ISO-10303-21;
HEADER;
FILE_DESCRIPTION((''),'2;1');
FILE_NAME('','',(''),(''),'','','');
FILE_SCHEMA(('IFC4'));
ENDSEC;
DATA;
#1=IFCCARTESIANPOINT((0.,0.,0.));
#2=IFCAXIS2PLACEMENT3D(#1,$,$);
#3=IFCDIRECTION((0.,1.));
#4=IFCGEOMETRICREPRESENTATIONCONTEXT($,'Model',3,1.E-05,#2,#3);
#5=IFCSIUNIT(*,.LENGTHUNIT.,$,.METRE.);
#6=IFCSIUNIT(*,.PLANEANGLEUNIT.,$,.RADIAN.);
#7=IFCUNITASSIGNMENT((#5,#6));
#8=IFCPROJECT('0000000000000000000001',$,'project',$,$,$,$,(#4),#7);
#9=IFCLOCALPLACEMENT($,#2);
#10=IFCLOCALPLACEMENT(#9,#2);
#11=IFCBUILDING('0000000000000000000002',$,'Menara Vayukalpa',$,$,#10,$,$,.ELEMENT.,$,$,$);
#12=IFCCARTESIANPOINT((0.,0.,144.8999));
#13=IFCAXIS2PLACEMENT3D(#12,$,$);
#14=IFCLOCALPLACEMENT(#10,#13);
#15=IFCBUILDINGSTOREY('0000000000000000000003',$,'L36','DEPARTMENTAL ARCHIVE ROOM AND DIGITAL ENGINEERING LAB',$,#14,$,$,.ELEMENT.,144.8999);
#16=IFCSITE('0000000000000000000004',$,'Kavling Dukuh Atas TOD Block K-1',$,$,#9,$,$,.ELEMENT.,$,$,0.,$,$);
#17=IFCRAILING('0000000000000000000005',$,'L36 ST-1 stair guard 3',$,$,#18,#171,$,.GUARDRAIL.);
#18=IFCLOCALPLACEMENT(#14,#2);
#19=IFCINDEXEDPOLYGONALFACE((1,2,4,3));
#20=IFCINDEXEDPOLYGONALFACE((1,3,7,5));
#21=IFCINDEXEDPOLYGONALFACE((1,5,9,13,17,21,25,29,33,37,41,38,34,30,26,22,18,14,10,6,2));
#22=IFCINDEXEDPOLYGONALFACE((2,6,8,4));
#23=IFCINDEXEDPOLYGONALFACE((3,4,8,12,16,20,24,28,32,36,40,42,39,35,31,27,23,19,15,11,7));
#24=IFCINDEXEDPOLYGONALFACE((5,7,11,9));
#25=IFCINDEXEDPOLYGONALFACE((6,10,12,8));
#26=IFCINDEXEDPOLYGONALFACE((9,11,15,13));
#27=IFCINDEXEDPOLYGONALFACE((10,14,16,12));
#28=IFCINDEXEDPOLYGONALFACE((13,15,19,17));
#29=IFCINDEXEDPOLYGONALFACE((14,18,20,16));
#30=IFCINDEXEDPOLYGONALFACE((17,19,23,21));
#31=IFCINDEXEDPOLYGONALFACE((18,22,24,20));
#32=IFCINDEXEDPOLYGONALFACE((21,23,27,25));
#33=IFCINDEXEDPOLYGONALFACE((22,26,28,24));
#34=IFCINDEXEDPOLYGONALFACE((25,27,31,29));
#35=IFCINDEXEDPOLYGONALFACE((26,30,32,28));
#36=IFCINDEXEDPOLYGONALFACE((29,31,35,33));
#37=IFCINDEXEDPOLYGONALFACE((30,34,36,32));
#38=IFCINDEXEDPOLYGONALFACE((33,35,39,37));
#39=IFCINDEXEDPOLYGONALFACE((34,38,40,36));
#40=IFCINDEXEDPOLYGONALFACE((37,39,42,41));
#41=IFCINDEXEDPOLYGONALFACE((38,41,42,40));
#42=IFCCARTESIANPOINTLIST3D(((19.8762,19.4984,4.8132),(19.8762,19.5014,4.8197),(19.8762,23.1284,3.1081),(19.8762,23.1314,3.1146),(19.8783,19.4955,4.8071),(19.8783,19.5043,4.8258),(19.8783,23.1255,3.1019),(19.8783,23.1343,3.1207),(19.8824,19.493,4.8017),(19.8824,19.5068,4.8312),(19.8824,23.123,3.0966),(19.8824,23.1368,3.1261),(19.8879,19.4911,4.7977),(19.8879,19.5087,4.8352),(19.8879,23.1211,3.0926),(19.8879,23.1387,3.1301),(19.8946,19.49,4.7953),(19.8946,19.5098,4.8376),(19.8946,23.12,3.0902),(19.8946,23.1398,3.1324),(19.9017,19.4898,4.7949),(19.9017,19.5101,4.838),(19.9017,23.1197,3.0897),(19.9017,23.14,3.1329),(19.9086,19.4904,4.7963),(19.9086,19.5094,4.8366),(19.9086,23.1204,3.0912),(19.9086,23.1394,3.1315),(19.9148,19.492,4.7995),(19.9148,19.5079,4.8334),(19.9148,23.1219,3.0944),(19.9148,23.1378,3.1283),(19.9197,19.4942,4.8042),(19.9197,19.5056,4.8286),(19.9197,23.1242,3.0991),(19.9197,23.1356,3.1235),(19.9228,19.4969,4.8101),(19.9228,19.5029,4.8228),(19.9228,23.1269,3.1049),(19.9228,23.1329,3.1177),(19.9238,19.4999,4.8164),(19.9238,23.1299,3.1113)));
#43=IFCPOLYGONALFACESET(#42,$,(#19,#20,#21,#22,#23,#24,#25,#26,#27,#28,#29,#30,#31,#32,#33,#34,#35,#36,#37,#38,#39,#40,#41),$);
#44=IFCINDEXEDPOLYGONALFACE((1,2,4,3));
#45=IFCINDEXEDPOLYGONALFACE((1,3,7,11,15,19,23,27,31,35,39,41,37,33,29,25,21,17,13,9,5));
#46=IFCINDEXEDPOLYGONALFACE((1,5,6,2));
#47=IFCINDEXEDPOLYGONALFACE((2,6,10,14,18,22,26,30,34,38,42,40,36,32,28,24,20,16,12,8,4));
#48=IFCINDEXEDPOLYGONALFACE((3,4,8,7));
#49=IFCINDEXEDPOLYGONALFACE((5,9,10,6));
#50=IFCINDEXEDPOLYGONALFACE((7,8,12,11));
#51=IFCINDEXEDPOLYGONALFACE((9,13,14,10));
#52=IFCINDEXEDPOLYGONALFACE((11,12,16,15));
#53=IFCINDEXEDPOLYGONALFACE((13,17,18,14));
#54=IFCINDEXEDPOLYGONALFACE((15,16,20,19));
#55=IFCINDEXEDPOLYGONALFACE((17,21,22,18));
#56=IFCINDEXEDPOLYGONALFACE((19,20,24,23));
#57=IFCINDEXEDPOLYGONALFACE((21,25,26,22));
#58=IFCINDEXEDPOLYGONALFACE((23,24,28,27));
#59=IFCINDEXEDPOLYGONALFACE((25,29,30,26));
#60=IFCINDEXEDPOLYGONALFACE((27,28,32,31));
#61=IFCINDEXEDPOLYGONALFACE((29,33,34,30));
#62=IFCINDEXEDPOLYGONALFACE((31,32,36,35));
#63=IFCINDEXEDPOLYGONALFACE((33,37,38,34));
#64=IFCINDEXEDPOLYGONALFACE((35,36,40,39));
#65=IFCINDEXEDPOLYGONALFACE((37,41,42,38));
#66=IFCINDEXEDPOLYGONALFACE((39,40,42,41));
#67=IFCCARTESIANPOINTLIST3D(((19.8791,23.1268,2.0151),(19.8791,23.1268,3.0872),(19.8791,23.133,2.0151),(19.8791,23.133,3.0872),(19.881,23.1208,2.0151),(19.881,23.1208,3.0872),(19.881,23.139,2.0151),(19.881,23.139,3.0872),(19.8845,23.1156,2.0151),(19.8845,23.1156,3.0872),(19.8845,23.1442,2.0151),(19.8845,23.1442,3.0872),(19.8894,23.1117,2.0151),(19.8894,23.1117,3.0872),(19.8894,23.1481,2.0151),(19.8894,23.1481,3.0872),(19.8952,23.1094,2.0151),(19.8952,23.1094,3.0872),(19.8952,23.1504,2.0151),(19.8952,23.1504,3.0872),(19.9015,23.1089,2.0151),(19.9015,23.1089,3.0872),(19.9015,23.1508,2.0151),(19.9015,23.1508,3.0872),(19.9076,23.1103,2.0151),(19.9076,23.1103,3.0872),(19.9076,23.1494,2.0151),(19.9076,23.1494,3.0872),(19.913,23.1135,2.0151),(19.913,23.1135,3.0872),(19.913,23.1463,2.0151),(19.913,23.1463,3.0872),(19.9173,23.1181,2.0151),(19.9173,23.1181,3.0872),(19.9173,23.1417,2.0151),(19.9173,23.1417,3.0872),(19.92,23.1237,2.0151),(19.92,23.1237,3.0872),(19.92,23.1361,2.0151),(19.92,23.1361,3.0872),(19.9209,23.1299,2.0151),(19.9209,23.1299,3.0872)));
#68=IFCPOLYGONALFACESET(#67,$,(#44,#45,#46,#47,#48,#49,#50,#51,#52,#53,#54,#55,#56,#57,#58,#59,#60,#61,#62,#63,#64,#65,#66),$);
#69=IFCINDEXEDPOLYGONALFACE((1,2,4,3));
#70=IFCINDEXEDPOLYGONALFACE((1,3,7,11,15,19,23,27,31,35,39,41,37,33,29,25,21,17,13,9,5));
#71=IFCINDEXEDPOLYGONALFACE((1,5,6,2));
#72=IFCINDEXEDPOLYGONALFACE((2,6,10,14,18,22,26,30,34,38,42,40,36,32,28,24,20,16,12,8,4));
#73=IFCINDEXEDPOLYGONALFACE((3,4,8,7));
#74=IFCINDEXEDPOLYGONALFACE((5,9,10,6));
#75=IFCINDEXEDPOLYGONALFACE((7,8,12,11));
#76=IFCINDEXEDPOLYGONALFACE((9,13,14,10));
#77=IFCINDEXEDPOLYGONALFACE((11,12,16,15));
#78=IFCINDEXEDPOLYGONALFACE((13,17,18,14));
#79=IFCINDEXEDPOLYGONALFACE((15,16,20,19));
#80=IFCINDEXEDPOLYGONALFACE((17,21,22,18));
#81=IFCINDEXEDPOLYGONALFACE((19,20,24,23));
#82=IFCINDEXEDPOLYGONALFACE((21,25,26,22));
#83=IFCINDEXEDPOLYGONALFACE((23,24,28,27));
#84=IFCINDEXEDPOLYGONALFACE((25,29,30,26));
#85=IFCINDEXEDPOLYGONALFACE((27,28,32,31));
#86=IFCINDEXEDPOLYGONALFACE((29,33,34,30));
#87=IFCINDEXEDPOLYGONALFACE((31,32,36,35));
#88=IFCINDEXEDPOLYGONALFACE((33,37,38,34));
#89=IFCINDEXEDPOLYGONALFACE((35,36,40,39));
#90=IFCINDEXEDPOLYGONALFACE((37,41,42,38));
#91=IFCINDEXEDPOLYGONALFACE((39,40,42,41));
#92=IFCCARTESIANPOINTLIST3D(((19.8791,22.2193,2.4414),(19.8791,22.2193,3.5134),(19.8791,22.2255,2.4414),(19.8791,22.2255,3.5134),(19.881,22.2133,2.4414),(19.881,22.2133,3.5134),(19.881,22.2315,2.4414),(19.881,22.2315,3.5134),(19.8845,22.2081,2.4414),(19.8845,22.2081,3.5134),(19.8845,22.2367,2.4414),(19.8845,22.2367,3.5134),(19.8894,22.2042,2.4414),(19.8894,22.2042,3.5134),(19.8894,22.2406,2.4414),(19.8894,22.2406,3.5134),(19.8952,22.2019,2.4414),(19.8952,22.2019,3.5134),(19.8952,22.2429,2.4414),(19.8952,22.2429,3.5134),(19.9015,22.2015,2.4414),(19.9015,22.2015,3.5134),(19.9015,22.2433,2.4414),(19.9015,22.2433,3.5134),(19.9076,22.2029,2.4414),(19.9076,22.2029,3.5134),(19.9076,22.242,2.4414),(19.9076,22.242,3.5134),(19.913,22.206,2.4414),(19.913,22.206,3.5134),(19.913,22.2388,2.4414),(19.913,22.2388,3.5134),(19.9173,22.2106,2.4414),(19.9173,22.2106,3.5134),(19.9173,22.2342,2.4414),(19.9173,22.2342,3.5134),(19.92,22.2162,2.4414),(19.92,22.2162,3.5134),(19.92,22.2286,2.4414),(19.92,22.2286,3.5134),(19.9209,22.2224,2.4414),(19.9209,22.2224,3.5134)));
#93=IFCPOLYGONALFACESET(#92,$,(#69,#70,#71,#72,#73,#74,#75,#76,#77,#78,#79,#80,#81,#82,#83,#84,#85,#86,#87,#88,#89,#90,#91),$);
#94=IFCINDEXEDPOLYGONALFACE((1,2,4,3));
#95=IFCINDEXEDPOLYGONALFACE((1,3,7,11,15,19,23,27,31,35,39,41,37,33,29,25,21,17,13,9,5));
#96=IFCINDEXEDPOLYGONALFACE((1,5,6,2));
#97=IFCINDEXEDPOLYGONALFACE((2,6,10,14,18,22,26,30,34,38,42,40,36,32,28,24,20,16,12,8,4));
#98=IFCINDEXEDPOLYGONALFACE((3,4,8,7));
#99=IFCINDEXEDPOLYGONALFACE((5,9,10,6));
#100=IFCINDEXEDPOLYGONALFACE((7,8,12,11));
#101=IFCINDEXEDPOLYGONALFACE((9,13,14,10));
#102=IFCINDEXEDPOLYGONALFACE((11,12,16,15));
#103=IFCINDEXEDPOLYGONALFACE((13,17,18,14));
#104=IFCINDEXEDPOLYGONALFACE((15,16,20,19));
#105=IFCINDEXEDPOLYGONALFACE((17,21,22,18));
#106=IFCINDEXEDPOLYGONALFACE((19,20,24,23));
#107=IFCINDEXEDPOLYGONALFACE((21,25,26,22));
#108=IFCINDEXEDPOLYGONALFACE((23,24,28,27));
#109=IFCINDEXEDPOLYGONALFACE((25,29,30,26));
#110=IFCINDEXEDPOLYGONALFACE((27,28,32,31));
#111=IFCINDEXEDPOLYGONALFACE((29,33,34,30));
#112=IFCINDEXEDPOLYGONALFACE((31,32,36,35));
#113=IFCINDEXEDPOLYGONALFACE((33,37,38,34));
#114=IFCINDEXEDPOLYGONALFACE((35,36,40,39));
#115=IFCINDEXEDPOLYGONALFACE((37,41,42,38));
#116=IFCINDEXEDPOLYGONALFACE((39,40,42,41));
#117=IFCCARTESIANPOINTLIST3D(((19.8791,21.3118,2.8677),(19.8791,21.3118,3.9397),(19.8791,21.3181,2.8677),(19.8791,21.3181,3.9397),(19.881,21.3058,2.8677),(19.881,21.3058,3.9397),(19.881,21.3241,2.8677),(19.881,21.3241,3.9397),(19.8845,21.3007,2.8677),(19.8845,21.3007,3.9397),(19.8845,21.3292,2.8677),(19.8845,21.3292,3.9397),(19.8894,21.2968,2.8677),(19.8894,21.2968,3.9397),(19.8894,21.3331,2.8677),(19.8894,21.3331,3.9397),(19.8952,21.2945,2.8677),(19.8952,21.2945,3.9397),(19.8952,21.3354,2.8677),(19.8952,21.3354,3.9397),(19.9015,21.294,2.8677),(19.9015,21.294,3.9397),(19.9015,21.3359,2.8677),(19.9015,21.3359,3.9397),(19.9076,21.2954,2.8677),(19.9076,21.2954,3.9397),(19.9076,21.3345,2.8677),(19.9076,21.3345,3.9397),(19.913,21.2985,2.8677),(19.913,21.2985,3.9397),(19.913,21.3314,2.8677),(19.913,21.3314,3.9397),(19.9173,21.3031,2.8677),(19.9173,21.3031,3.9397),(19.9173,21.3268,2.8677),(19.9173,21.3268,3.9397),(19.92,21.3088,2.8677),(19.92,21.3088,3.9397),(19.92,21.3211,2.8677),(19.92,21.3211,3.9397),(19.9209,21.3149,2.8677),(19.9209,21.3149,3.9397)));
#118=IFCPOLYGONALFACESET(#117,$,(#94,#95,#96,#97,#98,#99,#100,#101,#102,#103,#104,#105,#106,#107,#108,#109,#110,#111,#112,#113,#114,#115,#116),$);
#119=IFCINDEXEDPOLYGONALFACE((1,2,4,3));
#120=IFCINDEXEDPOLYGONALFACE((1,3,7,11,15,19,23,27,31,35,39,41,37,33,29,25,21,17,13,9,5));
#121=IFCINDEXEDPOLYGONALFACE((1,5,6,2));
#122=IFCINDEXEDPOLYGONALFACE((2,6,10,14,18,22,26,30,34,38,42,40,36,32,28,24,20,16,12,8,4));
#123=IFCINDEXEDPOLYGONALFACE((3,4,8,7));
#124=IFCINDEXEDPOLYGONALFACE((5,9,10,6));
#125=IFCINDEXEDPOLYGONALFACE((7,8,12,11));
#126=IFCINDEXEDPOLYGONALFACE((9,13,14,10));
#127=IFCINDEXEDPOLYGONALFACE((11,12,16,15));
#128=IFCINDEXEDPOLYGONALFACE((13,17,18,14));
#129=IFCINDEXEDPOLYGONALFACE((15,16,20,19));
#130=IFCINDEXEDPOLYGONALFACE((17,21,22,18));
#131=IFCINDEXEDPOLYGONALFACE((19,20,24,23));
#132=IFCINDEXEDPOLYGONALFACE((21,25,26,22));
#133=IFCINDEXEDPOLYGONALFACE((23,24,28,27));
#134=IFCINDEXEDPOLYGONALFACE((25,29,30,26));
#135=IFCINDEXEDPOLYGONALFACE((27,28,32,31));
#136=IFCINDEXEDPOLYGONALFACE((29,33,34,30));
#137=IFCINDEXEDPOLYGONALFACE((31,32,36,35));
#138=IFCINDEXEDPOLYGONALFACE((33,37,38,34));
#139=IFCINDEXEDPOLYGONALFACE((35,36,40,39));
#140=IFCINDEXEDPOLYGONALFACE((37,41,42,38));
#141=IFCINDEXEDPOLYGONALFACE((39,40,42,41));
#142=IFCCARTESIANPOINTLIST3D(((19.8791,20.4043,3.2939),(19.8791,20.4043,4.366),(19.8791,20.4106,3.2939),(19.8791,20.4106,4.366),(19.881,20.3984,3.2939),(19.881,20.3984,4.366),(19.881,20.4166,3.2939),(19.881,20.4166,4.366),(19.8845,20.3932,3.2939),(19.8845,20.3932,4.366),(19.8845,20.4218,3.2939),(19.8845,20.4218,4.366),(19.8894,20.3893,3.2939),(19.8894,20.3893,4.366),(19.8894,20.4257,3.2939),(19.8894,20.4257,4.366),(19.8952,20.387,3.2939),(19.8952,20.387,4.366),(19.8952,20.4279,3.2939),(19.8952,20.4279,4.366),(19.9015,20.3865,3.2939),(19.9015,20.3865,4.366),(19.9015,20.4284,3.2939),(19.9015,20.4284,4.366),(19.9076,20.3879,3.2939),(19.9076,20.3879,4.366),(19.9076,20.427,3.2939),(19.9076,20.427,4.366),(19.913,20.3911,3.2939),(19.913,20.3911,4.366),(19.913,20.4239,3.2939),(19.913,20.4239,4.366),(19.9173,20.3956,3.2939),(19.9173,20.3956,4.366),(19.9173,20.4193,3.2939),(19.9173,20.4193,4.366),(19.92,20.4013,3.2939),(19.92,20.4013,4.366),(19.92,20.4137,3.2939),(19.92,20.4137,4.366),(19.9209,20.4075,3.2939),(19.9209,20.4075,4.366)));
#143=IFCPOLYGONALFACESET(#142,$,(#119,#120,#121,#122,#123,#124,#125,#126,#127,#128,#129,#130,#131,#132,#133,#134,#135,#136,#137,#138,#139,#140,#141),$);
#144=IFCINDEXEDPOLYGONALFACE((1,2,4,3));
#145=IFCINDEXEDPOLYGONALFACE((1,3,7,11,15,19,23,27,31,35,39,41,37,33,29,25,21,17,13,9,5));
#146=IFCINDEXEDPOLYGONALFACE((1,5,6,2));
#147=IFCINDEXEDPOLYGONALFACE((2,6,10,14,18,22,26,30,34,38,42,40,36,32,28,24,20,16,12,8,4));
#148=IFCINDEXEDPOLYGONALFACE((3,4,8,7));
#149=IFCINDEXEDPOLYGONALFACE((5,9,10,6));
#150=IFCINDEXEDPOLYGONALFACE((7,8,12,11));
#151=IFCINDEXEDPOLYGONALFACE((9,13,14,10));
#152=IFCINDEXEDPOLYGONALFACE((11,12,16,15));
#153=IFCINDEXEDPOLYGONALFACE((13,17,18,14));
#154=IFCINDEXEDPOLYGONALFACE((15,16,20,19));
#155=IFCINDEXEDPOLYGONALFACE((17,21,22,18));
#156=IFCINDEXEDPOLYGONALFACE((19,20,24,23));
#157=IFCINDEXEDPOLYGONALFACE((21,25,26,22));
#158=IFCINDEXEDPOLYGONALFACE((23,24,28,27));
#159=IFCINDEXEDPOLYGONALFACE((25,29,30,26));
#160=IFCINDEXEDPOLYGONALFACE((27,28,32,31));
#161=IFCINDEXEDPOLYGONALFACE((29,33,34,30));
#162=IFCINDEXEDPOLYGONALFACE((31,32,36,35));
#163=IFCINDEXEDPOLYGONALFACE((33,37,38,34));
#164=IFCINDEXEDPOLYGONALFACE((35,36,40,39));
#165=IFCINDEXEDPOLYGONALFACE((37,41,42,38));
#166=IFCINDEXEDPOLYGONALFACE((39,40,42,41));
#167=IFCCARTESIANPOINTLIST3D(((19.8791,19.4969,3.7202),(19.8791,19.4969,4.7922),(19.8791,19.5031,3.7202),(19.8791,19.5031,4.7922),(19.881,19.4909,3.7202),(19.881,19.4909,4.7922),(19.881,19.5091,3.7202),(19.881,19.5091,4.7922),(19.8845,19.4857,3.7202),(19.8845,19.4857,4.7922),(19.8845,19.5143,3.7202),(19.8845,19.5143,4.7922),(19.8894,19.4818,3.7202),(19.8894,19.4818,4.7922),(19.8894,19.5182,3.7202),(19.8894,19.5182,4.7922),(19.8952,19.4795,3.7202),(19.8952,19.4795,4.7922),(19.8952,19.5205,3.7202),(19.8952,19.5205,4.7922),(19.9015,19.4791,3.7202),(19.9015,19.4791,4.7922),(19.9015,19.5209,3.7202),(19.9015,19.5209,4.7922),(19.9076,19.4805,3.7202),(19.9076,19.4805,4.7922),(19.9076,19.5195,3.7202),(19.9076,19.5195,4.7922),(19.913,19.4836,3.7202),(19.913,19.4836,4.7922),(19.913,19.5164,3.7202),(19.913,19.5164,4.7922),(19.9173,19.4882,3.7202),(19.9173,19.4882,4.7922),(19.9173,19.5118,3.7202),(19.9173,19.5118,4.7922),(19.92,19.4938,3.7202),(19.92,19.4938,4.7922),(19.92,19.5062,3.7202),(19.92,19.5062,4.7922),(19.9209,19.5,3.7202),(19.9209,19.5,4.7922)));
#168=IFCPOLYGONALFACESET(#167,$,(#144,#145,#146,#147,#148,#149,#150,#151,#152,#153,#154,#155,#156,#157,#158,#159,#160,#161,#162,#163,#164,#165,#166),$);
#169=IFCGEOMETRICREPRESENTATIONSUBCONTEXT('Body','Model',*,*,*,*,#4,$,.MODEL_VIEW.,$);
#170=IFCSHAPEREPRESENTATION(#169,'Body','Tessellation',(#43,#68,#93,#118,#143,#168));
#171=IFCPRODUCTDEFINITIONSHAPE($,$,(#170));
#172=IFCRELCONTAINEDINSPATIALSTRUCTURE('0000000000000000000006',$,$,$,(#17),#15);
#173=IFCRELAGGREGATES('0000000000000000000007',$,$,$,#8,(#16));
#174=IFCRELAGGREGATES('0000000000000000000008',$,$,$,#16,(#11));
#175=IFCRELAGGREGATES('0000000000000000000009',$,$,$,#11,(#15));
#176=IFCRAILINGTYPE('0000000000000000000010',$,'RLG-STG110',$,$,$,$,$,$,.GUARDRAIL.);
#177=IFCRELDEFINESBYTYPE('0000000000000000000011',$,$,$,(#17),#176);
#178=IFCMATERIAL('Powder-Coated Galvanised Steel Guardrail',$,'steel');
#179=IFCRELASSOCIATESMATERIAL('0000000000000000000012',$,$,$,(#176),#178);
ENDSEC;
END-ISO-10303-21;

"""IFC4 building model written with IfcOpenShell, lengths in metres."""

from ifc_helpers import new_model, si_unit, direction, frame, origin, origin_2d, place, context, subcontext, project, spatial, circle, extrude, material, type_object, element, save


model = new_model("IFC4")

# Units and contexts
model_context = context("Model", 3, precision=1e-05, world=origin(), true_north=direction((0.0, 1.0)))
body_context = subcontext(model_context, "Body", "Model", "MODEL_VIEW")
ifc_project = project(units=[si_unit("LENGTHUNIT", "METRE"), si_unit("PLANEANGLEUNIT", "RADIAN")], contexts=[model_context])

# Site, building, storey
site_placement = place(None, origin())
site = spatial("IfcSite", under=ifc_project, at=site_placement, Name="Kavling Dukuh Atas TOD Block K-1", CompositionType="ELEMENT", RefElevation=0.0)
building_placement = place(site_placement, origin())
building = spatial("IfcBuilding", under=site, at=building_placement, Name="Menara Vayukalpa", CompositionType="ELEMENT")
storey_placement = place(building_placement, frame((0.0, 0.0, 144.8999)))
storey = spatial("IfcBuildingStorey", under=building, at=storey_placement, Name="L36", Description="DEPARTMENTAL ARCHIVE ROOM AND DIGITAL ENGINEERING LAB", CompositionType="ELEMENT", Elevation=144.8999)

# Railing
ifc_material_1 = material(Name="Powder-Coated Galvanised Steel Guardrail", Category="steel")
railing_type_1 = type_object("IfcRailingType", Name="RLG-STG110", PredefinedType="GUARDRAIL", material=ifc_material_1)
railing_1_placement = place(storey_placement, frame((19.8999, 23.1299, 2.0151)))
element("IfcRailing", 1, at=railing_1_placement, inside=storey, type_object=railing_type_1, Name="L36 ST-1 stair guard 3", PredefinedType="GUARDRAIL", context=body_context, shape_type="SweptSolid", body=[
    extrude(circle(Radius=0.0239, at=origin_2d()), frame((0.0, 0.0, 1.0962), z_axis=(0.0, -0.905116, 0.425164), x_axis=(1.0, 0.0, 0.0)), (0.0, 0.0, 1.0), 4.0105),
    extrude(circle(Radius=0.021, at=origin_2d()), origin(), (0.0, 0.0, 1.0), 1.072),
    extrude(circle(Radius=0.021, at=origin_2d()), frame((0.0, -0.9075, 0.4263)), (0.0, 0.0, 1.0), 1.072),
    extrude(circle(Radius=0.021, at=origin_2d()), frame((0.0, -1.8149, 0.8525)), (0.0, 0.0, 1.0), 1.072),
    extrude(circle(Radius=0.021, at=origin_2d()), frame((0.0, -2.7224, 1.2788)), (0.0, 0.0, 1.0), 1.072),
    extrude(circle(Radius=0.021, at=origin_2d()), frame((0.0, -3.6299, 1.7051)), (0.0, 0.0, 1.0), 1.072),
])

save(model, "model.ifc")
